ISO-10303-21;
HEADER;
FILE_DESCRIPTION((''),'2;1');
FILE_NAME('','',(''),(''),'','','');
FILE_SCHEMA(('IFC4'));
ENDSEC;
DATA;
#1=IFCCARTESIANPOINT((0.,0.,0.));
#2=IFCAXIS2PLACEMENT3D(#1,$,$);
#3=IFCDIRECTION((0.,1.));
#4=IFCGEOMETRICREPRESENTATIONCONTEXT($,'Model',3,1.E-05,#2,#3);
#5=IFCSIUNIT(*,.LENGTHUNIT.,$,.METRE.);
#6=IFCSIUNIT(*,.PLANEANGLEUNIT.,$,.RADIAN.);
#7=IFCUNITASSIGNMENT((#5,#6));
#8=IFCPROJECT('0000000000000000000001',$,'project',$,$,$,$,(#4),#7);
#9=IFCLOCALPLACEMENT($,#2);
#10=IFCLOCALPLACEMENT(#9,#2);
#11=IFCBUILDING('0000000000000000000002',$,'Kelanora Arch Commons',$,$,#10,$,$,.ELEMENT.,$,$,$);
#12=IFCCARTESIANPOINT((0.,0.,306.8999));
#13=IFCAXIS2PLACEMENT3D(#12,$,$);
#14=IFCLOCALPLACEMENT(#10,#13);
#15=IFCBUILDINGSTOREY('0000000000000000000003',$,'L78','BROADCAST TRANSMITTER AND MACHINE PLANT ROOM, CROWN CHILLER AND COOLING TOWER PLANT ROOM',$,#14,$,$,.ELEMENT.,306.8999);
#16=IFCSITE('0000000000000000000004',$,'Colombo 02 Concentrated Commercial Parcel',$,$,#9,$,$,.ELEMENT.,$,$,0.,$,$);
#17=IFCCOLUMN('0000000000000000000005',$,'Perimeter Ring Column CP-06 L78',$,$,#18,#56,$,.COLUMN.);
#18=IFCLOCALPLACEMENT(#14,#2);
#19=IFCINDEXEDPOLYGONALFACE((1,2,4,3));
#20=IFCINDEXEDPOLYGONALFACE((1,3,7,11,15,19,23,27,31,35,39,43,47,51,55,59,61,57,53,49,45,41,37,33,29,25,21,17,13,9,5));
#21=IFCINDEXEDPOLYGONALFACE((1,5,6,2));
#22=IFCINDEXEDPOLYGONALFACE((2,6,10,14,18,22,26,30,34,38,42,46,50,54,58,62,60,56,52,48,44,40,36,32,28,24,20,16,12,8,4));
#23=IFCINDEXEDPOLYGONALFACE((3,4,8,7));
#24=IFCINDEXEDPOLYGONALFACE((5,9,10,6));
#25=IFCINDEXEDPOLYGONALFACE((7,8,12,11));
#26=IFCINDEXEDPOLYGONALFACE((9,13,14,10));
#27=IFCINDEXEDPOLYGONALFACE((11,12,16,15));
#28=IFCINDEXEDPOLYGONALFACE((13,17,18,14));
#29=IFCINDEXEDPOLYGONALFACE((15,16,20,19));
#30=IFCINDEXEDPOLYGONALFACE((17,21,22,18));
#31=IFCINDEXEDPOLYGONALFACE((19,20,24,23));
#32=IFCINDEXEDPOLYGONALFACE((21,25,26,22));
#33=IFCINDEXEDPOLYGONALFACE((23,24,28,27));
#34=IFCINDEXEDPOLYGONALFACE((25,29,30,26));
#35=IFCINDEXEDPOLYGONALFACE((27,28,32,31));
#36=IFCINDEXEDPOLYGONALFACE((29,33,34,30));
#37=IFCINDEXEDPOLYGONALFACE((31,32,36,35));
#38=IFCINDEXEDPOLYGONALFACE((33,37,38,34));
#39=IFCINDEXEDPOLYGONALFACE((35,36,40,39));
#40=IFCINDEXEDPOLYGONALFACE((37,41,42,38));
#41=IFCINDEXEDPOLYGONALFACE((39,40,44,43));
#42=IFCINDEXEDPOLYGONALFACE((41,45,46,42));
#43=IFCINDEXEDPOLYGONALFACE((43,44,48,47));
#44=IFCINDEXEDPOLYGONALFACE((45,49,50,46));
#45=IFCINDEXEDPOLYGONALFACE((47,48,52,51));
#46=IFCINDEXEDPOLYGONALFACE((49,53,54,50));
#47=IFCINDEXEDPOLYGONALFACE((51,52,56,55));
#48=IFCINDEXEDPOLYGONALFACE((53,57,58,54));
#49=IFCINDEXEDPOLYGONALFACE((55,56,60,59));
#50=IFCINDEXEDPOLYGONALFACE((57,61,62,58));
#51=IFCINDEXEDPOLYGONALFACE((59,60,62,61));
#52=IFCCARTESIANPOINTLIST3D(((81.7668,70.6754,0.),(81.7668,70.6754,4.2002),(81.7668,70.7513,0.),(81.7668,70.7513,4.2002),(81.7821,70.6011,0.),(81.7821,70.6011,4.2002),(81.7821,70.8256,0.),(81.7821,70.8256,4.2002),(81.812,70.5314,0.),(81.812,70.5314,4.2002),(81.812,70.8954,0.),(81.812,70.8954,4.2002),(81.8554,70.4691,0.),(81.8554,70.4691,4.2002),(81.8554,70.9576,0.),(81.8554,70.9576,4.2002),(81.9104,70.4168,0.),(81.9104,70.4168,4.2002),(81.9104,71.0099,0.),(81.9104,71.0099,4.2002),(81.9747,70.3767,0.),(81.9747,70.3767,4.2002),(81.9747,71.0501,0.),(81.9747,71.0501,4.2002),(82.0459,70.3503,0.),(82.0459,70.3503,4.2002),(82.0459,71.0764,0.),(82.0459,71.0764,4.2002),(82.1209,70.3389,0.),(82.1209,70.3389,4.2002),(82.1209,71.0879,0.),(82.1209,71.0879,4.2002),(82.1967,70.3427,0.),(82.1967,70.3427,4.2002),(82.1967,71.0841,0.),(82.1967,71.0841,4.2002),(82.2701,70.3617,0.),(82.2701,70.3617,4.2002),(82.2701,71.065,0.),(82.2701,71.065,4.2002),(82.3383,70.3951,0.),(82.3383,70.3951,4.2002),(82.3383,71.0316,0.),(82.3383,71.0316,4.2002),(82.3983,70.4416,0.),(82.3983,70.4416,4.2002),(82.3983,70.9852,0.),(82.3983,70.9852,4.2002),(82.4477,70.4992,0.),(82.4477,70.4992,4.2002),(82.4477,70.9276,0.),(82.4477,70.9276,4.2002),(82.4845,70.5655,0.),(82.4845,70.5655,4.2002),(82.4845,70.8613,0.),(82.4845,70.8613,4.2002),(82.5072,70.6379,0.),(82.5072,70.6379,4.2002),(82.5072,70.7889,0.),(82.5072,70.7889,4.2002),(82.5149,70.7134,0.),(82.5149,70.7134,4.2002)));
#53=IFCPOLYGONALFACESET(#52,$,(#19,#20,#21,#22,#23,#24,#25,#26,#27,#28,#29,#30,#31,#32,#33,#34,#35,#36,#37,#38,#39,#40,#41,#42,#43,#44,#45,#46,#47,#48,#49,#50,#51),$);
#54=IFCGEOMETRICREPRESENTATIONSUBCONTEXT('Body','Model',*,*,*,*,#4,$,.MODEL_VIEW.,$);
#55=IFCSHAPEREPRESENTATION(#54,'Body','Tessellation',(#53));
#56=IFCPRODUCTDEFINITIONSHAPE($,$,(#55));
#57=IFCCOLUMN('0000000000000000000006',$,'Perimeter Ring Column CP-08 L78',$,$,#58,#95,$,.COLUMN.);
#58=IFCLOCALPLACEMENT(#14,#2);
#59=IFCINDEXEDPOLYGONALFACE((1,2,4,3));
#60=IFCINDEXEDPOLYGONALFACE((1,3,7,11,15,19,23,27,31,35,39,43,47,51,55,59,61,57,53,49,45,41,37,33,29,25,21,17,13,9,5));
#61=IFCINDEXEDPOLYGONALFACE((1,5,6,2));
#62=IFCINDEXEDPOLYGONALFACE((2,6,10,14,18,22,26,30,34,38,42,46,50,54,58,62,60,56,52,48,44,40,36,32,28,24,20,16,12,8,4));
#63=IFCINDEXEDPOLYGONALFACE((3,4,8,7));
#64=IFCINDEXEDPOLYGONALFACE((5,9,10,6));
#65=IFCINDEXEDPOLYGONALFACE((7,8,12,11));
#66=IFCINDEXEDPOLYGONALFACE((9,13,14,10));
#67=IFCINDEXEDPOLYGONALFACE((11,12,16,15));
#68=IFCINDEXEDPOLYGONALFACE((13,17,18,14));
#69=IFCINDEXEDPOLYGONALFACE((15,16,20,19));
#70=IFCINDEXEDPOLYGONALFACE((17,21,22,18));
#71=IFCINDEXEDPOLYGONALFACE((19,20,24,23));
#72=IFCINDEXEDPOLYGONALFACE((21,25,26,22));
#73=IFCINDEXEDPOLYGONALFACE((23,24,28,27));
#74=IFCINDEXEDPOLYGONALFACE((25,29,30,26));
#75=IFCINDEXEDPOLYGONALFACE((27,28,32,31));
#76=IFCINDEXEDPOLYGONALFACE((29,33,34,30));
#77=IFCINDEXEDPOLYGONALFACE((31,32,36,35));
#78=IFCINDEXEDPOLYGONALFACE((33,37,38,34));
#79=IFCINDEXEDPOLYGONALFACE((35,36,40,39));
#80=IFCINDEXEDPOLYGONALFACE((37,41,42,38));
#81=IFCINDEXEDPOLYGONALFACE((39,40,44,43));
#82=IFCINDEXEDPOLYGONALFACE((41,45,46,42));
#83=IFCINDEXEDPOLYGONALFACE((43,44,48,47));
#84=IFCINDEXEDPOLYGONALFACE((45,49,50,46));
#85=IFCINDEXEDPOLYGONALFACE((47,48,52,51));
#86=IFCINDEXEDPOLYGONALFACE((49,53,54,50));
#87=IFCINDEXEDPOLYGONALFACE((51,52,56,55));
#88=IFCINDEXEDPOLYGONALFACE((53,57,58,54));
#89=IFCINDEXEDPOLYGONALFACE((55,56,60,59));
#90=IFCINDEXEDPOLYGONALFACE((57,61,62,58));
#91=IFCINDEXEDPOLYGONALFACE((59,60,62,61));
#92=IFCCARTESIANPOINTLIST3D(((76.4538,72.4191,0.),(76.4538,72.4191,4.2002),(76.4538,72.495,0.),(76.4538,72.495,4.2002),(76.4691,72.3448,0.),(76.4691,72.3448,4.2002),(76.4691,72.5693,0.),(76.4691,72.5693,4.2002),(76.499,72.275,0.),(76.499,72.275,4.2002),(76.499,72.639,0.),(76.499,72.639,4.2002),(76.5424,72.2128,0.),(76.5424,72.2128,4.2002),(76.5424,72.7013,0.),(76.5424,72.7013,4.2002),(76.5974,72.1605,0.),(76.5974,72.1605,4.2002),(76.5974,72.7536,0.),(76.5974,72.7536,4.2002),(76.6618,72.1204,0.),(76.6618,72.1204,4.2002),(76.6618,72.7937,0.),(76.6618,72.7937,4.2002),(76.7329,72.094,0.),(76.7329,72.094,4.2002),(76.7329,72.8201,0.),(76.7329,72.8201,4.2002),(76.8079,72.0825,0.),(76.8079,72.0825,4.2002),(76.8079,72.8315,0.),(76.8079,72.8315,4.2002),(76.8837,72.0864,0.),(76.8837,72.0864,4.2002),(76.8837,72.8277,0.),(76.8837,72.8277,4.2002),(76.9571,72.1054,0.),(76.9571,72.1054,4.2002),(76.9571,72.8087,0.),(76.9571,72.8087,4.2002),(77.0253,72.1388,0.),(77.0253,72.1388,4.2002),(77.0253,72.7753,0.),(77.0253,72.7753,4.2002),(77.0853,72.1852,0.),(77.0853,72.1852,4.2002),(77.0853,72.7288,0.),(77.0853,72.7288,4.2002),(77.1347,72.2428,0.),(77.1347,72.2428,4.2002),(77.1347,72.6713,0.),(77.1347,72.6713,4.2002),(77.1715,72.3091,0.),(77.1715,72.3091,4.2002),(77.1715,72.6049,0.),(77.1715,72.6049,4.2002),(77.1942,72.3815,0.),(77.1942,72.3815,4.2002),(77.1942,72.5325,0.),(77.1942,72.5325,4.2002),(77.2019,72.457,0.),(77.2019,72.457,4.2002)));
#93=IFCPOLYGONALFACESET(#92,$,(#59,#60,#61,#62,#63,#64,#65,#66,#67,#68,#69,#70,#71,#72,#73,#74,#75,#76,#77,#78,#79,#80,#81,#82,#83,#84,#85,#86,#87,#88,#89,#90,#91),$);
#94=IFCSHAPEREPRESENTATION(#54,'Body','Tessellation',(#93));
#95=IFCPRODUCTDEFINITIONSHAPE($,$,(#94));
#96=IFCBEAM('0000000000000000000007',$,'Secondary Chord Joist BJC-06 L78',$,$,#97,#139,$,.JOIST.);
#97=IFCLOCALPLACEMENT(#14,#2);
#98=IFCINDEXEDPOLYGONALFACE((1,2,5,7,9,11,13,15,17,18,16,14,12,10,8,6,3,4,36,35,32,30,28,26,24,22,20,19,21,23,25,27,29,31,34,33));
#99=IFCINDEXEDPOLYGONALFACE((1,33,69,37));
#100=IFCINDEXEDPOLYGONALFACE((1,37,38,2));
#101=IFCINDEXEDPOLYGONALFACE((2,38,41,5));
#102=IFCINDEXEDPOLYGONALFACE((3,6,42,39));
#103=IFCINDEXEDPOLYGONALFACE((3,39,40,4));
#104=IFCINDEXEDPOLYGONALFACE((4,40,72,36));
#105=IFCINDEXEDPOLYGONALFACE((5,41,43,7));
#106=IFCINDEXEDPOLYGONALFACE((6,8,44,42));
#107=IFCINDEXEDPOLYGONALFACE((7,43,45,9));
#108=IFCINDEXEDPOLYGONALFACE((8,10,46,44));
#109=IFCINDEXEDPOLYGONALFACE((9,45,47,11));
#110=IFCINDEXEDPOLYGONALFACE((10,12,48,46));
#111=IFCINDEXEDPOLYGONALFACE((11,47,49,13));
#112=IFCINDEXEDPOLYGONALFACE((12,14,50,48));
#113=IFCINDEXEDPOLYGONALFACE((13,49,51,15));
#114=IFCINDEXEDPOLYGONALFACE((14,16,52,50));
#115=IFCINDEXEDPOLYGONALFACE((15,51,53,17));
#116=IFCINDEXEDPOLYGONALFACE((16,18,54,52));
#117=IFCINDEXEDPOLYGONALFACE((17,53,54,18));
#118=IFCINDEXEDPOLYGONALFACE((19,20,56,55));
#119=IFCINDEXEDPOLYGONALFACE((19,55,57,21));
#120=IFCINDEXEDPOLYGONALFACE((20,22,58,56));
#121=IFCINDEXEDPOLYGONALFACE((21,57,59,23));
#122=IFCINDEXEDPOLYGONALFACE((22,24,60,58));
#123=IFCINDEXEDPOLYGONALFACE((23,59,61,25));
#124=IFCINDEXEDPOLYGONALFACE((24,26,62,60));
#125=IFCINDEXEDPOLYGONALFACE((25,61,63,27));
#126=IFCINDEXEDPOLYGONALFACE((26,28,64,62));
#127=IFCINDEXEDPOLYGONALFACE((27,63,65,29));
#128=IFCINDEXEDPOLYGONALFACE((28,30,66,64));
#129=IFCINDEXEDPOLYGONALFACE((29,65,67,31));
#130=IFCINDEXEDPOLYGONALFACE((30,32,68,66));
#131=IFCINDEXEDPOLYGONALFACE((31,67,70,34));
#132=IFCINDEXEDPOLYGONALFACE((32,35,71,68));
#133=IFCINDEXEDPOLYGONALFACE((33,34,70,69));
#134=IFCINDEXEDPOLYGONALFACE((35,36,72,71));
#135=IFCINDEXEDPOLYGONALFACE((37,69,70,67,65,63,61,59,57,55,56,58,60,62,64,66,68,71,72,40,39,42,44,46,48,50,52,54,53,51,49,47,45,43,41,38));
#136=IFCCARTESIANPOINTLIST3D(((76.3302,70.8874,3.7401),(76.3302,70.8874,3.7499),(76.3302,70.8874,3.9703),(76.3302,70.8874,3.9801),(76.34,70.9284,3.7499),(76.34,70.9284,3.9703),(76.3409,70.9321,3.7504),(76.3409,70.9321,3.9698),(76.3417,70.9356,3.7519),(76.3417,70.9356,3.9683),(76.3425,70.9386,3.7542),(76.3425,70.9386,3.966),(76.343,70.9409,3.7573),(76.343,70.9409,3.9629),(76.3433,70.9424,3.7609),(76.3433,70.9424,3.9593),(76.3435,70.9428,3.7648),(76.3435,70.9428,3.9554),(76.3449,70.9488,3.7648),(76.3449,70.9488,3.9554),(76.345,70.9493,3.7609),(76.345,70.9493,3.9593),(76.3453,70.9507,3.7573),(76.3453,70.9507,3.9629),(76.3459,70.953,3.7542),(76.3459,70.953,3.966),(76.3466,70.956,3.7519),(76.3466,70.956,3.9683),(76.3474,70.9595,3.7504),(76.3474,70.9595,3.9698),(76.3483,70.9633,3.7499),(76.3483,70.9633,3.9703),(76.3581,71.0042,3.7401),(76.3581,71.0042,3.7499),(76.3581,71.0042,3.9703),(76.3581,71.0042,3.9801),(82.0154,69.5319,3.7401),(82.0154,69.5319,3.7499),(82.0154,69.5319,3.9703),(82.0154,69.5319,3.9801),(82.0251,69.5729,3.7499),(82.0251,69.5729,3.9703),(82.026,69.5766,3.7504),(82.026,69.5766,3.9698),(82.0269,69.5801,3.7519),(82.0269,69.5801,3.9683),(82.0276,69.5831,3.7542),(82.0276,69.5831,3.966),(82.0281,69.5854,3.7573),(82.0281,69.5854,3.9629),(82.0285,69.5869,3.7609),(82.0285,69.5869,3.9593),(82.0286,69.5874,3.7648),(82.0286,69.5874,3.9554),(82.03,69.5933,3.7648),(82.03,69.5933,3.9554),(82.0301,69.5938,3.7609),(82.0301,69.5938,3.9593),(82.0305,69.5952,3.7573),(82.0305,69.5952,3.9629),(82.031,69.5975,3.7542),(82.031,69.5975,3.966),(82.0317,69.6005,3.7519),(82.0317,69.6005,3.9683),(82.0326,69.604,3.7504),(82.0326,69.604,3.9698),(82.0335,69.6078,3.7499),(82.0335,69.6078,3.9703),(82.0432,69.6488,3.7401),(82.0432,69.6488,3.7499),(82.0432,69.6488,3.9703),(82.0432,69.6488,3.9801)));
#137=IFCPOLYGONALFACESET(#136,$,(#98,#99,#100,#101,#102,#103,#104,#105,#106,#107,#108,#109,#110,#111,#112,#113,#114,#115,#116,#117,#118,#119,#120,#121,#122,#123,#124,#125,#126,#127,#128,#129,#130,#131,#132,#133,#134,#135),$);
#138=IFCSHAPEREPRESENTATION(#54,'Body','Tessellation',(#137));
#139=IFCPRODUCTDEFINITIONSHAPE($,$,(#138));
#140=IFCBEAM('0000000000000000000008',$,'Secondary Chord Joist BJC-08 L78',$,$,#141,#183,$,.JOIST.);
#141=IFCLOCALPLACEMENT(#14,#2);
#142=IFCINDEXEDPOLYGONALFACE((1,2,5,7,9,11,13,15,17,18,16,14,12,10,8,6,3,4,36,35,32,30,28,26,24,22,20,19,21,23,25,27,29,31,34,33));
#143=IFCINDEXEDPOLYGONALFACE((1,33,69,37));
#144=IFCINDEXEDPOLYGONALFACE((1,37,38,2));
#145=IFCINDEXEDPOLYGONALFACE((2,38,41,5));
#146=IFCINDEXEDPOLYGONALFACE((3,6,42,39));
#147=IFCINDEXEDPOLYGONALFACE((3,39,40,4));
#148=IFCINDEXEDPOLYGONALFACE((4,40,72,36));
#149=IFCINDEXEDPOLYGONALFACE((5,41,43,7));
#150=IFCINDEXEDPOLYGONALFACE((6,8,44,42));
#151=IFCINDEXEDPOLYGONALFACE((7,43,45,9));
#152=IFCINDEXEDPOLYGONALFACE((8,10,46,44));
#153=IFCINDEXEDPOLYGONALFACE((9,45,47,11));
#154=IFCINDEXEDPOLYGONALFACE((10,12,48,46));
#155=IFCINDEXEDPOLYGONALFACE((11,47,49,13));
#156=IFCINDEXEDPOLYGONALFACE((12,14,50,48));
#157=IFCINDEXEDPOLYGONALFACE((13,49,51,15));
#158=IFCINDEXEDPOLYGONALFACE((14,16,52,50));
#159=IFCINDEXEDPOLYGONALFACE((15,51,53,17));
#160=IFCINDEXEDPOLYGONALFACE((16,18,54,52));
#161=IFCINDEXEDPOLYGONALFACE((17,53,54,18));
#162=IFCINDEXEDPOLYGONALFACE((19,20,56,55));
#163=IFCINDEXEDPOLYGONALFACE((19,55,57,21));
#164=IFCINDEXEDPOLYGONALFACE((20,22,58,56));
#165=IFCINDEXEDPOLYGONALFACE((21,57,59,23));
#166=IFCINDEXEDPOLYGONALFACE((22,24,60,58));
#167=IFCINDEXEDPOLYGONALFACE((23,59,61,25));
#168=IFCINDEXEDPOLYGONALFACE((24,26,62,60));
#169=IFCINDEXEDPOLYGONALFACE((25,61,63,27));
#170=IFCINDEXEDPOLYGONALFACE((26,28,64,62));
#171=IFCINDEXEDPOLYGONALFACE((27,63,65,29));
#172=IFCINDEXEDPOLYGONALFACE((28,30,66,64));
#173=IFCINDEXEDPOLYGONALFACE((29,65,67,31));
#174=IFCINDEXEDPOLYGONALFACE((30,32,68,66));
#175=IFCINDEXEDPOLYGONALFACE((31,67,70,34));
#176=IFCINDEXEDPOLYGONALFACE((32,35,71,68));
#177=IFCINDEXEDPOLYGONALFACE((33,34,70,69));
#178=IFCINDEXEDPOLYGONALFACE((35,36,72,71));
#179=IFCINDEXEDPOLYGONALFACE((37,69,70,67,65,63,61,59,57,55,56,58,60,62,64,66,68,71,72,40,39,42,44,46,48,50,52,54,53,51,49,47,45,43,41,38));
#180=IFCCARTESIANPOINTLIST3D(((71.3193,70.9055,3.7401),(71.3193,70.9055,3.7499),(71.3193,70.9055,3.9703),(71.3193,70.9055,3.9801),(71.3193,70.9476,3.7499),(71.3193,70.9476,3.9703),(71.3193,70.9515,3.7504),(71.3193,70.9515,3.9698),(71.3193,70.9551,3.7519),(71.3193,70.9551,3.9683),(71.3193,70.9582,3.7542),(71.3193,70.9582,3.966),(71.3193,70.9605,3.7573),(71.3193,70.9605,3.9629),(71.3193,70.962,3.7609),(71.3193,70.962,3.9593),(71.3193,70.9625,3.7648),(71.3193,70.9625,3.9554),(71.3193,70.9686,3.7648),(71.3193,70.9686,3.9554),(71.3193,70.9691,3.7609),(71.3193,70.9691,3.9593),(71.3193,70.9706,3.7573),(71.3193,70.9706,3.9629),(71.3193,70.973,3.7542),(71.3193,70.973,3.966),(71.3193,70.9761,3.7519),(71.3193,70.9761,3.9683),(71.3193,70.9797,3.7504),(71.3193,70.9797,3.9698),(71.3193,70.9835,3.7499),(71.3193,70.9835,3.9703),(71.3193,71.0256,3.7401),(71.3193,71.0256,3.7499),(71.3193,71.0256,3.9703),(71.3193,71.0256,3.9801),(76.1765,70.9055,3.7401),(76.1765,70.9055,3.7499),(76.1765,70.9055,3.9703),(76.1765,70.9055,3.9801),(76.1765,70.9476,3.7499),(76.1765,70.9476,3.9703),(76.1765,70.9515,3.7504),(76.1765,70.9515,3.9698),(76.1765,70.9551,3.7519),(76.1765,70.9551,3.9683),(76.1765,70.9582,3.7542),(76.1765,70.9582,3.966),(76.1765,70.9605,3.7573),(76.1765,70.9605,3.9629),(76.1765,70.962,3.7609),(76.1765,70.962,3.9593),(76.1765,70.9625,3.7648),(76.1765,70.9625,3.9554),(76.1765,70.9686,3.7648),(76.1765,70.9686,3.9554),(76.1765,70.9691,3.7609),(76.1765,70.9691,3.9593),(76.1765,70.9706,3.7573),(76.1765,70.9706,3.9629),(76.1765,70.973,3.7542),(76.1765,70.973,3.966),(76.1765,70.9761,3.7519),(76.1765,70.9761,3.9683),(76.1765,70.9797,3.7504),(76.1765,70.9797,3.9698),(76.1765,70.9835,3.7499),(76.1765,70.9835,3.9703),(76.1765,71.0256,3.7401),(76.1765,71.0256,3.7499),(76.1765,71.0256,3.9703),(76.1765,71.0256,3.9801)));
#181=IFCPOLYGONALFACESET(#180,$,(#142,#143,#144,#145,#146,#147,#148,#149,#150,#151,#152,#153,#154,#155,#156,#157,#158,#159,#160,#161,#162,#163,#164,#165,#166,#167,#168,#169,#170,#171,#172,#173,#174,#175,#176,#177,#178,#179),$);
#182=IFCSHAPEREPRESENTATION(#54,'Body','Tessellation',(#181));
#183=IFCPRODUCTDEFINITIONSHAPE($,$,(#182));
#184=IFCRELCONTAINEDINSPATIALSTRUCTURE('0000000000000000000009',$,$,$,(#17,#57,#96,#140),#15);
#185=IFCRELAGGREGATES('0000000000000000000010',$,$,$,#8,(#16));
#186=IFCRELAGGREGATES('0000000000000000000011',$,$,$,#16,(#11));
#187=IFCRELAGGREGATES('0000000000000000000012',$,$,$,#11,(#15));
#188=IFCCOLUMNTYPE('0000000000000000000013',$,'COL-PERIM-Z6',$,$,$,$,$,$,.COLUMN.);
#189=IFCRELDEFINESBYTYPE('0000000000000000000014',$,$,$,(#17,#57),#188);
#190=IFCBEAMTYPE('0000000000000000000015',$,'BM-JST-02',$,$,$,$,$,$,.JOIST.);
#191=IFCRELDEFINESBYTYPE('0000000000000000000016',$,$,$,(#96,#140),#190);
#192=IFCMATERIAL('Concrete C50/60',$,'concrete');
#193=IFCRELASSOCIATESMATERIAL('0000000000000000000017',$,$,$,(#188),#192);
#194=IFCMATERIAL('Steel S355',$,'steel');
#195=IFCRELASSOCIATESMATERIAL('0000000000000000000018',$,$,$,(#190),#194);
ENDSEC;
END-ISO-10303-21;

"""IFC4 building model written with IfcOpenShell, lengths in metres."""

from ifc_helpers import new_model, si_unit, direction, frame, origin, origin_2d, place, context, subcontext, project, spatial, circle, i_section, extrude, material, material_profile, profile_set, type_object, element, save


model = new_model("IFC4")

# Units and contexts
model_context = context("Model", 3, precision=1e-05, world=origin(), true_north=direction((0.0, 1.0)))
body_context = subcontext(model_context, "Body", "Model", "MODEL_VIEW")
ifc_project = project(units=[si_unit("LENGTHUNIT", "METRE"), si_unit("PLANEANGLEUNIT", "RADIAN")], contexts=[model_context])

# Site, building, storey
site_placement = place(None, origin())
site = spatial("IfcSite", under=ifc_project, at=site_placement, Name="Colombo 02 Concentrated Commercial Parcel", CompositionType="ELEMENT", RefElevation=0.0)
building_placement = place(site_placement, origin())
building = spatial("IfcBuilding", under=site, at=building_placement, Name="Kelanora Arch Commons", CompositionType="ELEMENT")
storey_placement = place(building_placement, frame((0.0, 0.0, 306.8999)))
storey = spatial("IfcBuildingStorey", under=building, at=storey_placement, Name="L78", Description="BROADCAST TRANSMITTER AND MACHINE PLANT ROOM, CROWN CHILLER AND COOLING TOWER PLANT ROOM", CompositionType="ELEMENT", Elevation=306.8999)

# Columns
ifc_material_1 = material(Name="Concrete C50/60", Category="concrete")
ifc_material_profile_1 = material_profile(ifc_material_1, circle(Radius=0.375, at=origin_2d()), Name="RCC750")
ifc_profile_set_1 = profile_set([ifc_material_profile_1], Name="Concrete C50/60")
column_type = type_object("IfcColumnType", Name="COL-PERIM-Z6", PredefinedType="COLUMN", material=ifc_profile_set_1)
for number, where, z_axis, x_axis, name in (
    (1, (82.1399, 70.7134, 0.0), (0.0, 0.0, 1.0), (1.0, 0.0, 0.0), "Perimeter Ring Column CP-06 L78"),
    (2, (76.8269, 72.457, 0.0), (0.0, 0.0, 1.0), (1.0, 0.0, 0.0), "Perimeter Ring Column CP-08 L78"),
):
    element("IfcColumn", number, at=place(storey_placement, frame(where, z_axis=z_axis, x_axis=x_axis)), inside=storey, type_object=column_type, Name=name, PredefinedType="COLUMN", context=body_context, shape_type="SweptSolid", body=[
        extrude(circle(Radius=0.375, at=origin_2d()), origin(), (0.0, 0.0, 1.0), 4.2002),
    ])

# Beams
ifc_material_2 = material(Name="Steel S355", Category="steel")
ifc_material_profile_2 = material_profile(ifc_material_2, i_section(OverallWidth=0.1201, OverallDepth=0.24, WebThickness=0.0061, FlangeThickness=0.0098, FilletRadius=0.0149, at=origin_2d()), Name="IPE240")
ifc_profile_set_2 = profile_set([ifc_material_profile_2], Name="Steel S355")
beam_type_1 = type_object("IfcBeamType", Name="BM-JST-02", PredefinedType="JOIST", material=ifc_profile_set_2)
beam_1_placement = place(storey_placement, frame((82.0293, 69.5903, 3.8601), z_axis=(-0.972734, 0.231925, 0.0), x_axis=(-0.231925, -0.972734, 0.0)))
element("IfcBeam", 3, at=beam_1_placement, inside=storey, type_object=beam_type_1, Name="Secondary Chord Joist BJC-06 L78", PredefinedType="JOIST", context=body_context, shape_type="SweptSolid", body=[
    extrude(i_section(OverallWidth=0.1201, OverallDepth=0.24, WebThickness=0.0061, FlangeThickness=0.0098, FilletRadius=0.0149, at=origin_2d()), origin(), (0.0, 0.0, 1.0), 5.8445),
])
beam_2_placement = place(storey_placement, frame((76.1765, 70.9656, 3.8601), z_axis=(-1.0, 0.0, 0.0), x_axis=(0.0, -1.0, 0.0)))
element("IfcBeam", 4, at=beam_2_placement, inside=storey, type_object=beam_type_1, Name="Secondary Chord Joist BJC-08 L78", PredefinedType="JOIST", context=body_context, shape_type="SweptSolid", body=[
    extrude(i_section(OverallWidth=0.1201, OverallDepth=0.24, WebThickness=0.0061, FlangeThickness=0.0098, FilletRadius=0.0149, at=origin_2d()), origin(), (0.0, 0.0, 1.0), 4.8572),
])

save(model, "model.ifc")
